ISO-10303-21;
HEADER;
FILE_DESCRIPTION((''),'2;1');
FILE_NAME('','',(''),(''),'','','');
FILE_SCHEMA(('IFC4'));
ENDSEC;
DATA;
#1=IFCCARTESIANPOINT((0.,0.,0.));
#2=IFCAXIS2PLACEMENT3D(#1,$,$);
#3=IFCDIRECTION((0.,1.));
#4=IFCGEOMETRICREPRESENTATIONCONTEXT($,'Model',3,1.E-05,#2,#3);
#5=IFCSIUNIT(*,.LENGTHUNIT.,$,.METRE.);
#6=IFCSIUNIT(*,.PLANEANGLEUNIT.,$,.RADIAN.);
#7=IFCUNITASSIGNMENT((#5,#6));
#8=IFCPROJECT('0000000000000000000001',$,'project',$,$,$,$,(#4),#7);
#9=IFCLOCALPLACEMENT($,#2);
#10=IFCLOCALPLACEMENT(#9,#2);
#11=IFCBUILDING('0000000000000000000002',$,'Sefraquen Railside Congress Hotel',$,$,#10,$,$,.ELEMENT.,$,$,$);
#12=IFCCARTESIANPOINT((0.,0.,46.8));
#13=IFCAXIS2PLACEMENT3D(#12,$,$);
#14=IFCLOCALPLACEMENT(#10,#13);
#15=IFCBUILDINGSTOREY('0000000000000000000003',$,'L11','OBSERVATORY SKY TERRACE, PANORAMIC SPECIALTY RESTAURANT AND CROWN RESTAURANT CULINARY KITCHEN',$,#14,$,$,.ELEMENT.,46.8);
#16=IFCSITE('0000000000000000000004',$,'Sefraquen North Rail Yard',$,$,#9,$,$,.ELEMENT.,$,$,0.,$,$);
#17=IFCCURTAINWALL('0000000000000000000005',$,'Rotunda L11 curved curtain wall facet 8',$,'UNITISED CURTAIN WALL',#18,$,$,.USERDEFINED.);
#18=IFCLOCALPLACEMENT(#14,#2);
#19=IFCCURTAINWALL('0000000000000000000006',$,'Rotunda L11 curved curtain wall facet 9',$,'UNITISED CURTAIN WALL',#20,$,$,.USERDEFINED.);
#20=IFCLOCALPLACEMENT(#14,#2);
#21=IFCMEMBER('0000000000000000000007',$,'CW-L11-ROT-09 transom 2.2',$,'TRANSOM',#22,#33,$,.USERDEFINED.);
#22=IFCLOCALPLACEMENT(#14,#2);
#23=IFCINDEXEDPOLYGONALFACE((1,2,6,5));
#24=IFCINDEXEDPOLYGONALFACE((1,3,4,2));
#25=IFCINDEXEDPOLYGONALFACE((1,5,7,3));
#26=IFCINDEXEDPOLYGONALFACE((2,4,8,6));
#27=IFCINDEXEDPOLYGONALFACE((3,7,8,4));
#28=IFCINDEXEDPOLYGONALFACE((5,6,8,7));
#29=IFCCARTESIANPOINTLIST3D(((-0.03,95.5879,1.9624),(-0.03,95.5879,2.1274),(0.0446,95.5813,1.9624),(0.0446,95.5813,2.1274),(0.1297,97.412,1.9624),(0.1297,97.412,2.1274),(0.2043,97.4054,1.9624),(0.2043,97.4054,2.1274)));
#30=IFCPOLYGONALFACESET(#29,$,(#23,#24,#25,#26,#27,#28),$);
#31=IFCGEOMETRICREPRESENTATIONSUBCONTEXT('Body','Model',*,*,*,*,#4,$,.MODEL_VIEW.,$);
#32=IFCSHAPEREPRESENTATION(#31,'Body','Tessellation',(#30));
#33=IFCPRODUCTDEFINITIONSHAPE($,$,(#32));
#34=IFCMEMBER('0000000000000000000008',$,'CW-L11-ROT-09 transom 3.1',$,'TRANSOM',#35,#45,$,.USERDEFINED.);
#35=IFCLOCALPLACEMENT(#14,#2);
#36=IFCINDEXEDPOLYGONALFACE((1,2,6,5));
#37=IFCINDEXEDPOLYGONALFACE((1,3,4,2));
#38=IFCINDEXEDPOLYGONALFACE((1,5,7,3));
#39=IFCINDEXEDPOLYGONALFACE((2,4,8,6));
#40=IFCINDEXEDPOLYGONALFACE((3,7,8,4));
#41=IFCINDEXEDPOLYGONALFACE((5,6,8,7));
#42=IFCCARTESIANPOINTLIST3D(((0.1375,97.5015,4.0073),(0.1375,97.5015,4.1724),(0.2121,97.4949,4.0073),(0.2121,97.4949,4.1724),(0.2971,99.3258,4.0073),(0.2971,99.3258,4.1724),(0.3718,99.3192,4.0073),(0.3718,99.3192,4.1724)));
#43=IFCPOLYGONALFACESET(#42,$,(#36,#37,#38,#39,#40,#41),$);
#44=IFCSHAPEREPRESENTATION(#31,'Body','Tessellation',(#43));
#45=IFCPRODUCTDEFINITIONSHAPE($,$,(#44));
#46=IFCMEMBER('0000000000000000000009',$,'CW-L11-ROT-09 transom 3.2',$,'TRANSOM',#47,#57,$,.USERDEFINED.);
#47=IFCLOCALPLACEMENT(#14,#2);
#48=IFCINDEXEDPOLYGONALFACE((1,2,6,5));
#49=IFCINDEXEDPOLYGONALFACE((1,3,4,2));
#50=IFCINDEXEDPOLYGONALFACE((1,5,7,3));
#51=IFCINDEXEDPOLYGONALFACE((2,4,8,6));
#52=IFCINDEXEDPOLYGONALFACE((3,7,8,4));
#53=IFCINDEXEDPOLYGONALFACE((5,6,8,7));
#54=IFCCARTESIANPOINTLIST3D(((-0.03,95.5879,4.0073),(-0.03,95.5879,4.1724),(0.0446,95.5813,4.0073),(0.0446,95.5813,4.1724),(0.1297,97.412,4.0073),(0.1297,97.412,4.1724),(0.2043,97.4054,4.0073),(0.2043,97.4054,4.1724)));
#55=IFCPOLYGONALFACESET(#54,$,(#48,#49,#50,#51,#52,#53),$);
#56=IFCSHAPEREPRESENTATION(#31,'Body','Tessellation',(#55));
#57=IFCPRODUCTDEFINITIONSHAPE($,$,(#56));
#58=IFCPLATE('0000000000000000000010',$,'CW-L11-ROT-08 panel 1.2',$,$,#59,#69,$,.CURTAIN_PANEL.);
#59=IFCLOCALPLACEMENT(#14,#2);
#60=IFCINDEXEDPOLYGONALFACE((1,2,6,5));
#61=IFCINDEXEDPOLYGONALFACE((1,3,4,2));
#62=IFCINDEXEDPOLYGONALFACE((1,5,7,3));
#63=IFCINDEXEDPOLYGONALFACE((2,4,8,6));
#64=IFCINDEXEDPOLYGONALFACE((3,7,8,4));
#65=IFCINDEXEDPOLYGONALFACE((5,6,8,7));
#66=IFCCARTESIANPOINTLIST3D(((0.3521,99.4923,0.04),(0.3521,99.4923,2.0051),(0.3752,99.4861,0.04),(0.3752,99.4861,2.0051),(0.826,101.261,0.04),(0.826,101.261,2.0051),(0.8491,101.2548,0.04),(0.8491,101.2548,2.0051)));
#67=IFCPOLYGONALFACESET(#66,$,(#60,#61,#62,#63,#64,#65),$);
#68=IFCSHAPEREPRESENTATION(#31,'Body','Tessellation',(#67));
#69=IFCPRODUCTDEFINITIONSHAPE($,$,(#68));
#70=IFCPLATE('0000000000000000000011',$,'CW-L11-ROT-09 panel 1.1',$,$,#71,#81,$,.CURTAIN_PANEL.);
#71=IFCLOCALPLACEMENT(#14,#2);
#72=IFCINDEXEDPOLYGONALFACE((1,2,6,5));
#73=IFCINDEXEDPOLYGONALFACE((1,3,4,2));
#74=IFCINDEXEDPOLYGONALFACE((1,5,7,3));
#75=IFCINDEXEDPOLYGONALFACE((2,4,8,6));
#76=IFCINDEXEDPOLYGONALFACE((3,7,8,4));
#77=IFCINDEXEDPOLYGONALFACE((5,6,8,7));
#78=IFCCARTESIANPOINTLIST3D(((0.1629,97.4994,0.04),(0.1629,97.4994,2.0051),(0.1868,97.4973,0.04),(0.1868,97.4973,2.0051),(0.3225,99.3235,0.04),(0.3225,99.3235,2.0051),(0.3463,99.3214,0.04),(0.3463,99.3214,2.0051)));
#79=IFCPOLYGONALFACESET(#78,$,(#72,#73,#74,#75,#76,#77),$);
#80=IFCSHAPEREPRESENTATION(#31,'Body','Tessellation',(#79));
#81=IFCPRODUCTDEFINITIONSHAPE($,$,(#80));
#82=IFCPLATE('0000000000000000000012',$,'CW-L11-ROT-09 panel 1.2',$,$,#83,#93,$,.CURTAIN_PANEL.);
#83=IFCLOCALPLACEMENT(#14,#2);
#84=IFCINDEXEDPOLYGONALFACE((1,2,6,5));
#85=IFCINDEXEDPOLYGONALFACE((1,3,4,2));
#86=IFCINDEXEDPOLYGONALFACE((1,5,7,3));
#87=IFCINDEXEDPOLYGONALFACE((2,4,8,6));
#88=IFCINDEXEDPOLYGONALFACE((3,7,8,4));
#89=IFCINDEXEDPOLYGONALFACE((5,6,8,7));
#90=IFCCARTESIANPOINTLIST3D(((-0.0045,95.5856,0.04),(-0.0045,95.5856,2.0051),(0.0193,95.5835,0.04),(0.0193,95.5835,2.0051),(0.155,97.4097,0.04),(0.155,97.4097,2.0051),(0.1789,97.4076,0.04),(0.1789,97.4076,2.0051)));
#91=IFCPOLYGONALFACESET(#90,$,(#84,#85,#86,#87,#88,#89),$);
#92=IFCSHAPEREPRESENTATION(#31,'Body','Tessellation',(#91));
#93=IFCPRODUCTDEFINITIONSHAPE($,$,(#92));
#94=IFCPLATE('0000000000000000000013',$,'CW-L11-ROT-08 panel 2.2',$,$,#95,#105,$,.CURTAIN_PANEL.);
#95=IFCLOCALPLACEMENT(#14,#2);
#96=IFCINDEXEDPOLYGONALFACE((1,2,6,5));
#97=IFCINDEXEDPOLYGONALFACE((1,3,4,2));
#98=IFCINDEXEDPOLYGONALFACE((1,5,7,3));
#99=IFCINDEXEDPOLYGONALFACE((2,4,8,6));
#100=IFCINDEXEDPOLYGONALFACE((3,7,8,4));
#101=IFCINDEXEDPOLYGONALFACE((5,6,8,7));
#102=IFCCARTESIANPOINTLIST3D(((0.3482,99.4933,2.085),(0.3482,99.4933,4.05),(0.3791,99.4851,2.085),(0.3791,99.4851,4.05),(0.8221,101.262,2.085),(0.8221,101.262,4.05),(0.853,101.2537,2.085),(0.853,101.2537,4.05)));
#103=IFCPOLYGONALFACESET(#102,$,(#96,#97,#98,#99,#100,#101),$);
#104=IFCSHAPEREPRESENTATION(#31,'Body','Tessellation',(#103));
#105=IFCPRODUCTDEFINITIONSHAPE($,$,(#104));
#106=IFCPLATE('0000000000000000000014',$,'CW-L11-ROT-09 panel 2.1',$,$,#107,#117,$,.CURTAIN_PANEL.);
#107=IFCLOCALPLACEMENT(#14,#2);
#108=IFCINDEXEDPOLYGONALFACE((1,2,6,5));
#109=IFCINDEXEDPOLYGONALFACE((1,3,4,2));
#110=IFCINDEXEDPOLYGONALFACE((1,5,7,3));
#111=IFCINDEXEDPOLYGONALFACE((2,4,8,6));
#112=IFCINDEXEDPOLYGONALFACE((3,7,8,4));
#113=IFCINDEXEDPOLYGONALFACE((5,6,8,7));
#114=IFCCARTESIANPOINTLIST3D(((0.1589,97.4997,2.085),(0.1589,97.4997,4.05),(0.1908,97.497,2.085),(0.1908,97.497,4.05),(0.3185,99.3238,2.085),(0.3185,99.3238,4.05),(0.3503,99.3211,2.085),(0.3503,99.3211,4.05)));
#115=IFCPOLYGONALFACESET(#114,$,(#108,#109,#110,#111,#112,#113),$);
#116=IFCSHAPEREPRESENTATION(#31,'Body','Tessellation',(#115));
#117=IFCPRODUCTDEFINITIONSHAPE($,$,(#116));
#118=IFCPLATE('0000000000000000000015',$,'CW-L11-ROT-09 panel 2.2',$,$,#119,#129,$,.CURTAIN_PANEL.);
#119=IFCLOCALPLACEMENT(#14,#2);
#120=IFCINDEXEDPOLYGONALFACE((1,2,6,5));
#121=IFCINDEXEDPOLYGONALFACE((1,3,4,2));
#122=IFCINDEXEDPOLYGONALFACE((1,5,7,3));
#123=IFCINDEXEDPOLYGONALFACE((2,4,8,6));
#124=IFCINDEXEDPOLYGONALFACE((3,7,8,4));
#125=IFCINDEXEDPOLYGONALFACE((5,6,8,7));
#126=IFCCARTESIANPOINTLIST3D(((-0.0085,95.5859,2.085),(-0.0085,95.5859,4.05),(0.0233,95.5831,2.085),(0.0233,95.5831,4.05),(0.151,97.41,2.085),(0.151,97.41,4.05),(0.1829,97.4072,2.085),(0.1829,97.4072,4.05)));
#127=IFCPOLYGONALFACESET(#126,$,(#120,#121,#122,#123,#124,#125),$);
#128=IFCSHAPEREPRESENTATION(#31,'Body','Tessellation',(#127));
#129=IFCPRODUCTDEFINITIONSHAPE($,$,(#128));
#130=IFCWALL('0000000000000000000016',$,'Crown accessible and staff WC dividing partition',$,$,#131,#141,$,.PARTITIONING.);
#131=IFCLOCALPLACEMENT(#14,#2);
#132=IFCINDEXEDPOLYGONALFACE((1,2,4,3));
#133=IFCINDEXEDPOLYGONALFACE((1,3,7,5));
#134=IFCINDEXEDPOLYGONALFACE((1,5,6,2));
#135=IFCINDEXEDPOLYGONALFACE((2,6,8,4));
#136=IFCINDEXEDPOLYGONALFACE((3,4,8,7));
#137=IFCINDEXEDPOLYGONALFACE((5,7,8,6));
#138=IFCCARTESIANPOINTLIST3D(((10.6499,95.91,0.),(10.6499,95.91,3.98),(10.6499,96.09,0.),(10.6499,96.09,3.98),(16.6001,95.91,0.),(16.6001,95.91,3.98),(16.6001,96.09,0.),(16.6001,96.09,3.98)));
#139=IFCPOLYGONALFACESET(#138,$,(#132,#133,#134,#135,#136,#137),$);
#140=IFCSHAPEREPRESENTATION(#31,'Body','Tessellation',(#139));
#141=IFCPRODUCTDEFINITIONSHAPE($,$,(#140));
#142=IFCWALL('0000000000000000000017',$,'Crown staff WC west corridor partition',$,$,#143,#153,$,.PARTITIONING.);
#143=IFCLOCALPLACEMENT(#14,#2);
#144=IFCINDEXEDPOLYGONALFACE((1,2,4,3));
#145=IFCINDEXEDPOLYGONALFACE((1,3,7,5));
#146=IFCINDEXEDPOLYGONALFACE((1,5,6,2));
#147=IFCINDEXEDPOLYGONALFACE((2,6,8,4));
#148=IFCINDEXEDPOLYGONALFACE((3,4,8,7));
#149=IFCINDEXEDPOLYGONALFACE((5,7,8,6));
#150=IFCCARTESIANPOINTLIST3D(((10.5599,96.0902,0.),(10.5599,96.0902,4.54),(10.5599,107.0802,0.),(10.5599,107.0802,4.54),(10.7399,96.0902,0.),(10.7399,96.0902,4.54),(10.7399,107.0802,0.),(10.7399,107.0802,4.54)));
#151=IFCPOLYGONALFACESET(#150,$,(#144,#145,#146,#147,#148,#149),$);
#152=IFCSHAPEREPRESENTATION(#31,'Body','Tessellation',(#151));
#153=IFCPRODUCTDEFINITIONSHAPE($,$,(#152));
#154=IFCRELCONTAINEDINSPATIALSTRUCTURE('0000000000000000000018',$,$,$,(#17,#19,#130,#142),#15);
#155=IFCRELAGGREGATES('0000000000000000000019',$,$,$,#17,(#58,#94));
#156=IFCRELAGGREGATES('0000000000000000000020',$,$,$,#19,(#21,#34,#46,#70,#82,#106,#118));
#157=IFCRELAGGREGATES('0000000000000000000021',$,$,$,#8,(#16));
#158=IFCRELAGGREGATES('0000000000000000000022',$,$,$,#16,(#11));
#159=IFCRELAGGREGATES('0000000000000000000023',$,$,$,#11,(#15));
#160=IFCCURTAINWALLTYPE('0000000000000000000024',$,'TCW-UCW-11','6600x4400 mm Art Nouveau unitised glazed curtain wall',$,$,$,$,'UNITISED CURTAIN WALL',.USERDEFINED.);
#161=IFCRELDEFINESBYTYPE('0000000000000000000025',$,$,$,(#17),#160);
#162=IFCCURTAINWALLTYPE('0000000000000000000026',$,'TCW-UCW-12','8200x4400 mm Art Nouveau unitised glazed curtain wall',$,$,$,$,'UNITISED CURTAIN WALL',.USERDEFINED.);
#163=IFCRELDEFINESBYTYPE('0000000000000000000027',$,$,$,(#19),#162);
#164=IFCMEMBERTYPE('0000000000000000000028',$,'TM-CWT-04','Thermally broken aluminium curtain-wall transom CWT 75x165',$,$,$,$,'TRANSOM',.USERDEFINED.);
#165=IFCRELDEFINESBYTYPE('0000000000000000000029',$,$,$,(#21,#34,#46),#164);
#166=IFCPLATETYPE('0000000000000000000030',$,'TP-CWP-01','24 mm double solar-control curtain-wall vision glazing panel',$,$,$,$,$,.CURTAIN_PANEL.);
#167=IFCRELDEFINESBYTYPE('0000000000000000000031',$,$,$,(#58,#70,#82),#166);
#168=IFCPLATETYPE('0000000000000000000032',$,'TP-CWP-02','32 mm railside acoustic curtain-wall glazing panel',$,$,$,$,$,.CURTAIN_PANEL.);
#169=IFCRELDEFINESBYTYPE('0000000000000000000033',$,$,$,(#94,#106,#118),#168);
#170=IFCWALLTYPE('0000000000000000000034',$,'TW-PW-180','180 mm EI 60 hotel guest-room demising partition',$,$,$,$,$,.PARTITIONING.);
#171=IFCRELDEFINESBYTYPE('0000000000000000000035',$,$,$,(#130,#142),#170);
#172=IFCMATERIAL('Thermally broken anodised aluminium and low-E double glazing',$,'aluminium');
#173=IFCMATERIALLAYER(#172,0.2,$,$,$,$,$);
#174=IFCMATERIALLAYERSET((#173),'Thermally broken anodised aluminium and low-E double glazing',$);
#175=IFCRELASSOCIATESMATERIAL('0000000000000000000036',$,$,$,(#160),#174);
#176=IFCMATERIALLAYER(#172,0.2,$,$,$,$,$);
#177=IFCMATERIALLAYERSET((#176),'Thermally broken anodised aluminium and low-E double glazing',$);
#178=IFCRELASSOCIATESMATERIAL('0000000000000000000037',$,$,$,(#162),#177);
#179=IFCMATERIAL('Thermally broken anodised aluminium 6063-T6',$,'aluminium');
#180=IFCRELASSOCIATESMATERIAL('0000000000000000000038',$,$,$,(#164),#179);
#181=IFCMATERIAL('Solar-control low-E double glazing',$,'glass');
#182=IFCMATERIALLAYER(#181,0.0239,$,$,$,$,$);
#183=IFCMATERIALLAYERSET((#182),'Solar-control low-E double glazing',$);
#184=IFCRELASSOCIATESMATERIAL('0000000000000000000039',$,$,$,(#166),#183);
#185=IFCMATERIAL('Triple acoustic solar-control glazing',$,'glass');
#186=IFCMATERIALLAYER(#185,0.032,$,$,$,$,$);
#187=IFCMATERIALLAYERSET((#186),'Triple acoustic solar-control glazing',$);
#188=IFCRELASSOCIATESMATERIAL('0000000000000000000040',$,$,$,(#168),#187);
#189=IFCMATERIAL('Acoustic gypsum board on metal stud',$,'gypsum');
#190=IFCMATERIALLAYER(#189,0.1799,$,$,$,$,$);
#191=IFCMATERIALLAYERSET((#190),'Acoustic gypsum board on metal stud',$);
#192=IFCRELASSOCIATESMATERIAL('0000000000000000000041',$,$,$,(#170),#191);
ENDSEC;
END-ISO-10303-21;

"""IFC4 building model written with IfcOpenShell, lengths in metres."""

from ifc_helpers import new_model, si_unit, direction, frame, frame_2d, origin, origin_2d, place, context, subcontext, project, spatial, rectangle, extrude, material, layer, layer_set, material_profile, profile_set, type_object, element, aggregate, save


model = new_model("IFC4")

# Units and contexts
model_context = context("Model", 3, precision=1e-05, world=origin(), true_north=direction((0.0, 1.0)))
body_context = subcontext(model_context, "Body", "Model", "MODEL_VIEW")
ifc_project = project(units=[si_unit("LENGTHUNIT", "METRE"), si_unit("PLANEANGLEUNIT", "RADIAN")], contexts=[model_context])

# Site, building, storey
site_placement = place(None, origin())
site = spatial("IfcSite", under=ifc_project, at=site_placement, Name="Sefraquen North Rail Yard", CompositionType="ELEMENT", RefElevation=0.0)
building_placement = place(site_placement, origin())
building = spatial("IfcBuilding", under=site, at=building_placement, Name="Sefraquen Railside Congress Hotel", CompositionType="ELEMENT")
storey_placement = place(building_placement, frame((0.0, 0.0, 46.8)))
storey = spatial("IfcBuildingStorey", under=building, at=storey_placement, Name="L11", Description="OBSERVATORY SKY TERRACE, PANORAMIC SPECIALTY RESTAURANT AND CROWN RESTAURANT CULINARY KITCHEN", CompositionType="ELEMENT", Elevation=46.8)

# Curtain walls
ifc_material_1 = material(Name="Thermally broken anodised aluminium and low-E double glazing", Category="aluminium")
ifc_layer_1 = layer(ifc_material_1, 0.2)
ifc_layer_set_1 = layer_set([ifc_layer_1], Name="Thermally broken anodised aluminium and low-E double glazing")
curtain_wall_type_1 = type_object("IfcCurtainWallType", Name="TCW-UCW-11", Description="6600x4400 mm Art Nouveau unitised glazed curtain wall", ElementType="UNITISED CURTAIN WALL", PredefinedType="USERDEFINED", material=ifc_layer_set_1)
curtain_wall_1_placement = place(storey_placement, origin())
curtain_wall_1 = element("IfcCurtainWall", 1, at=curtain_wall_1_placement, inside=storey, type_object=curtain_wall_type_1, Name="Rotunda L11 curved curtain wall facet 8", ObjectType="UNITISED CURTAIN WALL", PredefinedType="USERDEFINED")
ifc_material_2 = material(Name="Thermally broken anodised aluminium 6063-T6", Category="aluminium")
ifc_layer_2 = layer(ifc_material_1, 0.2)
ifc_layer_set_2 = layer_set([ifc_layer_2], Name="Thermally broken anodised aluminium and low-E double glazing")
curtain_wall_type_2 = type_object("IfcCurtainWallType", Name="TCW-UCW-12", Description="8200x4400 mm Art Nouveau unitised glazed curtain wall", ElementType="UNITISED CURTAIN WALL", PredefinedType="USERDEFINED", material=ifc_layer_set_2)
curtain_wall_2_placement = place(storey_placement, origin())
curtain_wall_2 = element("IfcCurtainWall", 2, at=curtain_wall_2_placement, inside=storey, type_object=curtain_wall_type_2, Name="Rotunda L11 curved curtain wall facet 9", ObjectType="UNITISED CURTAIN WALL", PredefinedType="USERDEFINED")

# Members
ifc_material_profile_1 = material_profile(ifc_material_2, rectangle(XDim=0.075, YDim=0.165, at=origin_2d()), Name="CWT 75x165")
ifc_profile_set_1 = profile_set([ifc_material_profile_1], Name="Thermally broken anodised aluminium 6063-T6")
member_type_1 = type_object("IfcMemberType", Name="TM-CWT-04", Description="Thermally broken aluminium curtain-wall transom CWT 75x165", ElementType="TRANSOM", PredefinedType="USERDEFINED", material=ifc_profile_set_1)
member_1_placement = place(storey_placement, frame((0.167, 97.4087, 2.0449), z_axis=(-0.087205, -0.99619, 0.0), x_axis=(0.99619, -0.087205, 0.0)))
member_1 = element("IfcMember", 3, at=member_1_placement, type_object=member_type_1, Name="CW-L11-ROT-09 transom 2.2", ObjectType="TRANSOM", PredefinedType="USERDEFINED", context=body_context, shape_type="SweptSolid", body=[
    extrude(rectangle(XDim=0.075, YDim=0.165, at=origin_2d()), origin(), (0.0, 0.0, 1.0), 1.8311),
])
member_2_placement = place(storey_placement, frame((0.3345, 99.3225, 4.0898), z_axis=(-0.087193, -0.996191, 0.0), x_axis=(0.996191, -0.087193, 0.0)))
member_2 = element("IfcMember", 4, at=member_2_placement, type_object=member_type_1, Name="CW-L11-ROT-09 transom 3.1", ObjectType="TRANSOM", PredefinedType="USERDEFINED", context=body_context, shape_type="SweptSolid", body=[
    extrude(rectangle(XDim=0.075, YDim=0.165, at=origin_2d()), origin(), (0.0, 0.0, 1.0), 1.8313),
])
member_3_placement = place(storey_placement, frame((0.167, 97.4087, 4.0898), z_axis=(-0.087205, -0.99619, 0.0), x_axis=(0.99619, -0.087205, 0.0)))
member_3 = element("IfcMember", 5, at=member_3_placement, type_object=member_type_1, Name="CW-L11-ROT-09 transom 3.2", ObjectType="TRANSOM", PredefinedType="USERDEFINED", context=body_context, shape_type="SweptSolid", body=[
    extrude(rectangle(XDim=0.075, YDim=0.165, at=origin_2d()), origin(), (0.0, 0.0, 1.0), 1.8311),
])

# Plates
ifc_material_3 = material(Name="Solar-control low-E double glazing", Category="glass")
ifc_layer_3 = layer(ifc_material_3, 0.0239)
ifc_layer_set_3 = layer_set([ifc_layer_3], Name="Solar-control low-E double glazing")
plate_type_1 = type_object("IfcPlateType", Name="TP-CWP-01", Description="24 mm double solar-control curtain-wall vision glazing panel", PredefinedType="CURTAIN_PANEL", material=ifc_layer_set_3)
plate_1_placement = place(storey_placement, frame((0.6006, 100.3735, 0.04), z_axis=(0.0, 0.0, 1.0), x_axis=(-0.258785, -0.965935, 0.0)))
plate_1 = element("IfcPlate", 6, at=plate_1_placement, type_object=plate_type_1, Name="CW-L11-ROT-08 panel 1.2", PredefinedType="CURTAIN_PANEL", context=body_context, shape_type="SweptSolid", body=[
    extrude(rectangle(XDim=1.8311, YDim=0.0239, at=origin_2d()), origin(), (0.0, 0.0, 1.0), 1.9651),
])
plate_2_placement = place(storey_placement, frame((0.2546, 98.4104, 0.04), z_axis=(0.0, 0.0, 1.0), x_axis=(-0.087138, -0.996196, 0.0)))
plate_2 = element("IfcPlate", 7, at=plate_2_placement, type_object=plate_type_1, Name="CW-L11-ROT-09 panel 1.1", PredefinedType="CURTAIN_PANEL", context=body_context, shape_type="SweptSolid", body=[
    extrude(rectangle(XDim=1.8311, YDim=0.0239, at=origin_2d()), origin(), (0.0, 0.0, 1.0), 1.9651),
])
plate_3_placement = place(storey_placement, frame((0.0872, 96.4966, 0.04), z_axis=(0.0, 0.0, 1.0), x_axis=(-0.087138, -0.996196, 0.0)))
plate_3 = element("IfcPlate", 8, at=plate_3_placement, type_object=plate_type_1, Name="CW-L11-ROT-09 panel 1.2", PredefinedType="CURTAIN_PANEL", context=body_context, shape_type="SweptSolid", body=[
    extrude(rectangle(XDim=1.8311, YDim=0.0239, at=origin_2d()), origin(), (0.0, 0.0, 1.0), 1.9651),
])
ifc_material_4 = material(Name="Triple acoustic solar-control glazing", Category="glass")
ifc_layer_4 = layer(ifc_material_4, 0.032)
ifc_layer_set_4 = layer_set([ifc_layer_4], Name="Triple acoustic solar-control glazing")
plate_type_2 = type_object("IfcPlateType", Name="TP-CWP-02", Description="32 mm railside acoustic curtain-wall glazing panel", PredefinedType="CURTAIN_PANEL", material=ifc_layer_set_4)
plate_4_placement = place(storey_placement, frame((0.6006, 100.3735, 2.085), z_axis=(0.0, 0.0, 1.0), x_axis=(-0.258785, -0.965935, 0.0)))
plate_4 = element("IfcPlate", 9, at=plate_4_placement, type_object=plate_type_2, Name="CW-L11-ROT-08 panel 2.2", PredefinedType="CURTAIN_PANEL", context=body_context, shape_type="SweptSolid", body=[
    extrude(rectangle(XDim=1.8311, YDim=0.032, at=origin_2d()), origin(), (0.0, 0.0, 1.0), 1.9651),
])
aggregate(curtain_wall_1, [plate_1, plate_4])
plate_5_placement = place(storey_placement, frame((0.2546, 98.4104, 2.085), z_axis=(0.0, 0.0, 1.0), x_axis=(-0.087138, -0.996196, 0.0)))
plate_5 = element("IfcPlate", 10, at=plate_5_placement, type_object=plate_type_2, Name="CW-L11-ROT-09 panel 2.1", PredefinedType="CURTAIN_PANEL", context=body_context, shape_type="SweptSolid", body=[
    extrude(rectangle(XDim=1.8311, YDim=0.032, at=origin_2d()), origin(), (0.0, 0.0, 1.0), 1.9651),
])
plate_6_placement = place(storey_placement, frame((0.0872, 96.4966, 2.085), z_axis=(0.0, 0.0, 1.0), x_axis=(-0.087138, -0.996196, 0.0)))
plate_6 = element("IfcPlate", 11, at=plate_6_placement, type_object=plate_type_2, Name="CW-L11-ROT-09 panel 2.2", PredefinedType="CURTAIN_PANEL", context=body_context, shape_type="SweptSolid", body=[
    extrude(rectangle(XDim=1.8311, YDim=0.032, at=origin_2d()), origin(), (0.0, 0.0, 1.0), 1.9651),
])
aggregate(curtain_wall_2, [member_1, member_2, member_3, plate_2, plate_3, plate_5, plate_6])

# Walls
ifc_material_5 = material(Name="Acoustic gypsum board on metal stud", Category="gypsum")
ifc_layer_5 = layer(ifc_material_5, 0.1799)
ifc_layer_set_5 = layer_set([ifc_layer_5], Name="Acoustic gypsum board on metal stud")
wall_type = type_object("IfcWallType", Name="TW-PW-180", Description="180 mm EI 60 hotel guest-room demising partition", PredefinedType="PARTITIONING", material=ifc_layer_set_5)
wall_1_placement = place(storey_placement, frame((10.6499, 96.0, 0.0), z_axis=(0.0, 0.0, 1.0), x_axis=(1.0, 0.0, 0.0)))
element("IfcWall", 12, at=wall_1_placement, inside=storey, type_object=wall_type, Name="Crown accessible and staff WC dividing partition", PredefinedType="PARTITIONING", context=body_context, shape_type="SweptSolid", body=[
    extrude(rectangle(XDim=5.9502, YDim=0.1799, at=frame_2d((2.9751, 0.0))), origin(), (0.0, 0.0, 1.0), 3.98),
])
wall_2_placement = place(storey_placement, frame((10.6499, 96.0901, 0.0), z_axis=(0.0, 0.0, 1.0), x_axis=(0.0, 1.0, 0.0)))
element("IfcWall", 13, at=wall_2_placement, inside=storey, type_object=wall_type, Name="Crown staff WC west corridor partition", PredefinedType="PARTITIONING", context=body_context, shape_type="SweptSolid", body=[
    extrude(rectangle(XDim=10.99, YDim=0.1799, at=frame_2d((5.4951, 0.0))), origin(), (0.0, 0.0, 1.0), 4.54),
])

save(model, "model.ifc")
